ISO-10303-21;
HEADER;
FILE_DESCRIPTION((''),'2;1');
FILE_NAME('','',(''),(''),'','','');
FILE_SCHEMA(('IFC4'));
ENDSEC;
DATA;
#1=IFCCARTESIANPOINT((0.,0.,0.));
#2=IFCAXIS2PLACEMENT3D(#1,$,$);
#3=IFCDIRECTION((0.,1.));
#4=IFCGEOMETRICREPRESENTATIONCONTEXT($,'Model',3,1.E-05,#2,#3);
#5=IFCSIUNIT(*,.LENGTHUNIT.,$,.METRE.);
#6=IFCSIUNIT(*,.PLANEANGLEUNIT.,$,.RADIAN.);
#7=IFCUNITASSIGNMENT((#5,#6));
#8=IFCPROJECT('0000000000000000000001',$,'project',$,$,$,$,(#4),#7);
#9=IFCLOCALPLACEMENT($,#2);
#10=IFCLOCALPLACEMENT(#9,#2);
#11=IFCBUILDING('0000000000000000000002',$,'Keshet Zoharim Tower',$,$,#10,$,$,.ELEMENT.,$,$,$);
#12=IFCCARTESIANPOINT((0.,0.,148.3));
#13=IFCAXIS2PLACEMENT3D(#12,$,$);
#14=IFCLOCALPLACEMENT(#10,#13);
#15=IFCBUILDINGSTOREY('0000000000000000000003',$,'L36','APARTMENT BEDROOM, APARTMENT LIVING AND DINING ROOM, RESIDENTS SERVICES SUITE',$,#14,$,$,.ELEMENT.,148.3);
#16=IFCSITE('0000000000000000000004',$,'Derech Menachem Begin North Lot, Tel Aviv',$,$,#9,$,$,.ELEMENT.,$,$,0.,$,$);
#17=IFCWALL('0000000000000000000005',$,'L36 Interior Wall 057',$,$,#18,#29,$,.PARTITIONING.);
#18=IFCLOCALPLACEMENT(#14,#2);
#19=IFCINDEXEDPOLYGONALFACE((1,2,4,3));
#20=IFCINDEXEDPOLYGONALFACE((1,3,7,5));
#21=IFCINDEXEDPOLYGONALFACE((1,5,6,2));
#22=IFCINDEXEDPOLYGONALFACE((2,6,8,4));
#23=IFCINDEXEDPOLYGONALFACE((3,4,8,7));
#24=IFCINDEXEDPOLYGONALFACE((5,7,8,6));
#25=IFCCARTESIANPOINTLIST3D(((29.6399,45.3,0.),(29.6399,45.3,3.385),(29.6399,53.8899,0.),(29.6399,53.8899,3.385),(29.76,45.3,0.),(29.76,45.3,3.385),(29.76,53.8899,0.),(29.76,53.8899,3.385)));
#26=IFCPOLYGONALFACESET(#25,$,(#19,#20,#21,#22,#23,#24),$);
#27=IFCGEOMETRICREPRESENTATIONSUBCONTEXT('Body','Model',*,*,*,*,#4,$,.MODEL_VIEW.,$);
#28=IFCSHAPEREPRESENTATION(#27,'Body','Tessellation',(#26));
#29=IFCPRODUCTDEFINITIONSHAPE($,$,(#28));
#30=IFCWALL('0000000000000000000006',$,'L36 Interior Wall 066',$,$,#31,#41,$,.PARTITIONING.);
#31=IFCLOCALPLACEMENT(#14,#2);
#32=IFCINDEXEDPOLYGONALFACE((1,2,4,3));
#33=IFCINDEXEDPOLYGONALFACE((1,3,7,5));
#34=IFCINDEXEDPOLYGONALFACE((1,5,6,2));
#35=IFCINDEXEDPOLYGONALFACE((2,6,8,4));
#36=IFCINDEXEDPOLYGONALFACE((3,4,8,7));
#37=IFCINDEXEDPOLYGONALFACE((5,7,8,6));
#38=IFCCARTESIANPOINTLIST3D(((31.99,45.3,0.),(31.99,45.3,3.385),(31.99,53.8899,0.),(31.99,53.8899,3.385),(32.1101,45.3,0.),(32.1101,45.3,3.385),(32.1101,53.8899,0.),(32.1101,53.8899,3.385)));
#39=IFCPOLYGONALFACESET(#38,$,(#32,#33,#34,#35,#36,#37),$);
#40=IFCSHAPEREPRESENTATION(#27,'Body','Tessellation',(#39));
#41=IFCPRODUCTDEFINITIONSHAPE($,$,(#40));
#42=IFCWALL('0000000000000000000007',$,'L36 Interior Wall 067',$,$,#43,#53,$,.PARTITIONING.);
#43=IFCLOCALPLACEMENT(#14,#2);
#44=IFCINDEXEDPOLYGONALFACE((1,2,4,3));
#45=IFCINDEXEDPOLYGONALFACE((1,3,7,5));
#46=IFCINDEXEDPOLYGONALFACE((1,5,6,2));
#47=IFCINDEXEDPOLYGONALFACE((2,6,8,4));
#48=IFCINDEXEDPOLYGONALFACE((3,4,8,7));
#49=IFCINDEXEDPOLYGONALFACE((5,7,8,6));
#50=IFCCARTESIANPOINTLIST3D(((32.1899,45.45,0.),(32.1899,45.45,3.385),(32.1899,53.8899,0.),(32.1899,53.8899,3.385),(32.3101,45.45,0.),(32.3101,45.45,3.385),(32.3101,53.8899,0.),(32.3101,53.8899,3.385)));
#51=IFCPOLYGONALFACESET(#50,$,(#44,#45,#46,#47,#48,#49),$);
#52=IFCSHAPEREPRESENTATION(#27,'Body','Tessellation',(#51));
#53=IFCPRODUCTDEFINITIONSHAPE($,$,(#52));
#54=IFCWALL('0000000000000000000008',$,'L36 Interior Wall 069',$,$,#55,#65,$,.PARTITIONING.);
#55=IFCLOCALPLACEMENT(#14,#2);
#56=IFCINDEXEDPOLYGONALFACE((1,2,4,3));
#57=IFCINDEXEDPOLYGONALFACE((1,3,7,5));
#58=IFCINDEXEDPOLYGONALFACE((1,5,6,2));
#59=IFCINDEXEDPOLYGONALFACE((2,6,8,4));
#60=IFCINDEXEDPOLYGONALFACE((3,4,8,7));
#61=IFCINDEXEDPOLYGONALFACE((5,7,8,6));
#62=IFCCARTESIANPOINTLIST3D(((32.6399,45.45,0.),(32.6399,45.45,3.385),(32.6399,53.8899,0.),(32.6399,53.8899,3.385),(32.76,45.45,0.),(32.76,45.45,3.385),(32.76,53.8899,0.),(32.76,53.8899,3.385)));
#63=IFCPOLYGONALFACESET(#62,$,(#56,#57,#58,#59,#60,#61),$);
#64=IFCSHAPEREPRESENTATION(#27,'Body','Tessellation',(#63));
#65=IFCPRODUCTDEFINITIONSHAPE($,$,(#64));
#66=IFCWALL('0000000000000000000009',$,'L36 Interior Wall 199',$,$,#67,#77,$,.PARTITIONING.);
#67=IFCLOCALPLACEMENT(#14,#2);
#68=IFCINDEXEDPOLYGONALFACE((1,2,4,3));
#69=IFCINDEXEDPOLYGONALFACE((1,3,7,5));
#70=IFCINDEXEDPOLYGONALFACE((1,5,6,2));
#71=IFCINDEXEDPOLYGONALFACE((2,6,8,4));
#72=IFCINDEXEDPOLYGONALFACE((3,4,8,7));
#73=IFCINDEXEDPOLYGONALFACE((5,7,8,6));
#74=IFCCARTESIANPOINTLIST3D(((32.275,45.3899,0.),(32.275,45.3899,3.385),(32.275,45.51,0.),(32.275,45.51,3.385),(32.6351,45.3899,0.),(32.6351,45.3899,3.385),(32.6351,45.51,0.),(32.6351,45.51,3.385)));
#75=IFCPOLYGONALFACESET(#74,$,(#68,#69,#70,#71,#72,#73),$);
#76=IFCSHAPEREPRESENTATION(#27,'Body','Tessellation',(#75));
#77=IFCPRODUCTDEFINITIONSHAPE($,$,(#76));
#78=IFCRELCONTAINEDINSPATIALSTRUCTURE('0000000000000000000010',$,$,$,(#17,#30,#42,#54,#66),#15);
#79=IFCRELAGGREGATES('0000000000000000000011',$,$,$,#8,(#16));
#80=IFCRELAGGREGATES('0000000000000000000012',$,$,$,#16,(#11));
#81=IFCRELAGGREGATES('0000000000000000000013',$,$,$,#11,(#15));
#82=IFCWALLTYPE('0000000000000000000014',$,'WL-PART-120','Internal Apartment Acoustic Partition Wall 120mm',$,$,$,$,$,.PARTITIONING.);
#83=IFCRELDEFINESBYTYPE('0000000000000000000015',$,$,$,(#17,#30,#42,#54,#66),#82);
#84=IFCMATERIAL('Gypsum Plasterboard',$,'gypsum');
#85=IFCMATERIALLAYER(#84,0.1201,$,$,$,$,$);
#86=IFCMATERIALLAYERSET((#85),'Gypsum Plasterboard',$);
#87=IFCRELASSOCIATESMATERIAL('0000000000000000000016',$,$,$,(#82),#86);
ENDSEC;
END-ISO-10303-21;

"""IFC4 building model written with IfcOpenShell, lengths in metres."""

from ifc_helpers import new_model, si_unit, direction, frame, frame_2d, origin, place, context, subcontext, project, spatial, rectangle, extrude, material, layer, layer_set, type_object, element, save


model = new_model("IFC4")

# Units and contexts
model_context = context("Model", 3, precision=1e-05, world=origin(), true_north=direction((0.0, 1.0)))
body_context = subcontext(model_context, "Body", "Model", "MODEL_VIEW")
ifc_project = project(units=[si_unit("LENGTHUNIT", "METRE"), si_unit("PLANEANGLEUNIT", "RADIAN")], contexts=[model_context])

# Site, building, storey
site_placement = place(None, origin())
site = spatial("IfcSite", under=ifc_project, at=site_placement, Name="Derech Menachem Begin North Lot, Tel Aviv", CompositionType="ELEMENT", RefElevation=0.0)
building_placement = place(site_placement, origin())
building = spatial("IfcBuilding", under=site, at=building_placement, Name="Keshet Zoharim Tower", CompositionType="ELEMENT")
storey_placement = place(building_placement, frame((0.0, 0.0, 148.3)))
storey = spatial("IfcBuildingStorey", under=building, at=storey_placement, Name="L36", Description="APARTMENT BEDROOM, APARTMENT LIVING AND DINING ROOM, RESIDENTS SERVICES SUITE", CompositionType="ELEMENT", Elevation=148.3)

# Walls
ifc_material_1 = material(Name="Gypsum Plasterboard", Category="gypsum")
ifc_layer_1 = layer(ifc_material_1, 0.1201)
ifc_layer_set_1 = layer_set([ifc_layer_1], Name="Gypsum Plasterboard")
wall_type_1 = type_object("IfcWallType", Name="WL-PART-120", Description="Internal Apartment Acoustic Partition Wall 120mm", PredefinedType="PARTITIONING", material=ifc_layer_set_1)
for number, where, z_axis, x_axis, name in (
    (1, (29.7, 45.3, 0.0), (0.0, 0.0, 1.0), (0.0, 1.0, 0.0), "L36 Interior Wall 057"),
    (2, (32.05, 45.3, 0.0), (0.0, 0.0, 1.0), (0.0, 1.0, 0.0), "L36 Interior Wall 066"),
):
    element("IfcWall", number, at=place(storey_placement, frame(where, z_axis=z_axis, x_axis=x_axis)), inside=storey, type_object=wall_type_1, Name=name, PredefinedType="PARTITIONING", context=body_context, shape_type="SweptSolid", body=[
        extrude(rectangle(XDim=8.5898, YDim=0.1201, at=frame_2d((4.2949, 0.0))), origin(), (0.0, 0.0, 1.0), 3.385),
    ])
for number, where, z_axis, x_axis, name in (
    (3, (32.25, 45.45, 0.0), (0.0, 0.0, 1.0), (0.0, 1.0, 0.0), "L36 Interior Wall 067"),
    (4, (32.7, 45.45, 0.0), (0.0, 0.0, 1.0), (0.0, 1.0, 0.0), "L36 Interior Wall 069"),
):
    element("IfcWall", number, at=place(storey_placement, frame(where, z_axis=z_axis, x_axis=x_axis)), inside=storey, type_object=wall_type_1, Name=name, PredefinedType="PARTITIONING", context=body_context, shape_type="SweptSolid", body=[
        extrude(rectangle(XDim=8.4399, YDim=0.1201, at=frame_2d((4.22, 0.0))), origin(), (0.0, 0.0, 1.0), 3.385),
    ])

# Wall
wall_1_placement = place(storey_placement, frame((32.2749, 45.45, 0.0), z_axis=(0.0, 0.0, 1.0), x_axis=(1.0, 0.0, 0.0)))
element("IfcWall", 5, at=wall_1_placement, inside=storey, type_object=wall_type_1, Name="L36 Interior Wall 199", PredefinedType="PARTITIONING", context=body_context, shape_type="SweptSolid", body=[
    extrude(rectangle(XDim=0.3601, YDim=0.1201, at=frame_2d((0.1802, 0.0))), origin(), (0.0, 0.0, 1.0), 3.385),
])

save(model, "model.ifc")
